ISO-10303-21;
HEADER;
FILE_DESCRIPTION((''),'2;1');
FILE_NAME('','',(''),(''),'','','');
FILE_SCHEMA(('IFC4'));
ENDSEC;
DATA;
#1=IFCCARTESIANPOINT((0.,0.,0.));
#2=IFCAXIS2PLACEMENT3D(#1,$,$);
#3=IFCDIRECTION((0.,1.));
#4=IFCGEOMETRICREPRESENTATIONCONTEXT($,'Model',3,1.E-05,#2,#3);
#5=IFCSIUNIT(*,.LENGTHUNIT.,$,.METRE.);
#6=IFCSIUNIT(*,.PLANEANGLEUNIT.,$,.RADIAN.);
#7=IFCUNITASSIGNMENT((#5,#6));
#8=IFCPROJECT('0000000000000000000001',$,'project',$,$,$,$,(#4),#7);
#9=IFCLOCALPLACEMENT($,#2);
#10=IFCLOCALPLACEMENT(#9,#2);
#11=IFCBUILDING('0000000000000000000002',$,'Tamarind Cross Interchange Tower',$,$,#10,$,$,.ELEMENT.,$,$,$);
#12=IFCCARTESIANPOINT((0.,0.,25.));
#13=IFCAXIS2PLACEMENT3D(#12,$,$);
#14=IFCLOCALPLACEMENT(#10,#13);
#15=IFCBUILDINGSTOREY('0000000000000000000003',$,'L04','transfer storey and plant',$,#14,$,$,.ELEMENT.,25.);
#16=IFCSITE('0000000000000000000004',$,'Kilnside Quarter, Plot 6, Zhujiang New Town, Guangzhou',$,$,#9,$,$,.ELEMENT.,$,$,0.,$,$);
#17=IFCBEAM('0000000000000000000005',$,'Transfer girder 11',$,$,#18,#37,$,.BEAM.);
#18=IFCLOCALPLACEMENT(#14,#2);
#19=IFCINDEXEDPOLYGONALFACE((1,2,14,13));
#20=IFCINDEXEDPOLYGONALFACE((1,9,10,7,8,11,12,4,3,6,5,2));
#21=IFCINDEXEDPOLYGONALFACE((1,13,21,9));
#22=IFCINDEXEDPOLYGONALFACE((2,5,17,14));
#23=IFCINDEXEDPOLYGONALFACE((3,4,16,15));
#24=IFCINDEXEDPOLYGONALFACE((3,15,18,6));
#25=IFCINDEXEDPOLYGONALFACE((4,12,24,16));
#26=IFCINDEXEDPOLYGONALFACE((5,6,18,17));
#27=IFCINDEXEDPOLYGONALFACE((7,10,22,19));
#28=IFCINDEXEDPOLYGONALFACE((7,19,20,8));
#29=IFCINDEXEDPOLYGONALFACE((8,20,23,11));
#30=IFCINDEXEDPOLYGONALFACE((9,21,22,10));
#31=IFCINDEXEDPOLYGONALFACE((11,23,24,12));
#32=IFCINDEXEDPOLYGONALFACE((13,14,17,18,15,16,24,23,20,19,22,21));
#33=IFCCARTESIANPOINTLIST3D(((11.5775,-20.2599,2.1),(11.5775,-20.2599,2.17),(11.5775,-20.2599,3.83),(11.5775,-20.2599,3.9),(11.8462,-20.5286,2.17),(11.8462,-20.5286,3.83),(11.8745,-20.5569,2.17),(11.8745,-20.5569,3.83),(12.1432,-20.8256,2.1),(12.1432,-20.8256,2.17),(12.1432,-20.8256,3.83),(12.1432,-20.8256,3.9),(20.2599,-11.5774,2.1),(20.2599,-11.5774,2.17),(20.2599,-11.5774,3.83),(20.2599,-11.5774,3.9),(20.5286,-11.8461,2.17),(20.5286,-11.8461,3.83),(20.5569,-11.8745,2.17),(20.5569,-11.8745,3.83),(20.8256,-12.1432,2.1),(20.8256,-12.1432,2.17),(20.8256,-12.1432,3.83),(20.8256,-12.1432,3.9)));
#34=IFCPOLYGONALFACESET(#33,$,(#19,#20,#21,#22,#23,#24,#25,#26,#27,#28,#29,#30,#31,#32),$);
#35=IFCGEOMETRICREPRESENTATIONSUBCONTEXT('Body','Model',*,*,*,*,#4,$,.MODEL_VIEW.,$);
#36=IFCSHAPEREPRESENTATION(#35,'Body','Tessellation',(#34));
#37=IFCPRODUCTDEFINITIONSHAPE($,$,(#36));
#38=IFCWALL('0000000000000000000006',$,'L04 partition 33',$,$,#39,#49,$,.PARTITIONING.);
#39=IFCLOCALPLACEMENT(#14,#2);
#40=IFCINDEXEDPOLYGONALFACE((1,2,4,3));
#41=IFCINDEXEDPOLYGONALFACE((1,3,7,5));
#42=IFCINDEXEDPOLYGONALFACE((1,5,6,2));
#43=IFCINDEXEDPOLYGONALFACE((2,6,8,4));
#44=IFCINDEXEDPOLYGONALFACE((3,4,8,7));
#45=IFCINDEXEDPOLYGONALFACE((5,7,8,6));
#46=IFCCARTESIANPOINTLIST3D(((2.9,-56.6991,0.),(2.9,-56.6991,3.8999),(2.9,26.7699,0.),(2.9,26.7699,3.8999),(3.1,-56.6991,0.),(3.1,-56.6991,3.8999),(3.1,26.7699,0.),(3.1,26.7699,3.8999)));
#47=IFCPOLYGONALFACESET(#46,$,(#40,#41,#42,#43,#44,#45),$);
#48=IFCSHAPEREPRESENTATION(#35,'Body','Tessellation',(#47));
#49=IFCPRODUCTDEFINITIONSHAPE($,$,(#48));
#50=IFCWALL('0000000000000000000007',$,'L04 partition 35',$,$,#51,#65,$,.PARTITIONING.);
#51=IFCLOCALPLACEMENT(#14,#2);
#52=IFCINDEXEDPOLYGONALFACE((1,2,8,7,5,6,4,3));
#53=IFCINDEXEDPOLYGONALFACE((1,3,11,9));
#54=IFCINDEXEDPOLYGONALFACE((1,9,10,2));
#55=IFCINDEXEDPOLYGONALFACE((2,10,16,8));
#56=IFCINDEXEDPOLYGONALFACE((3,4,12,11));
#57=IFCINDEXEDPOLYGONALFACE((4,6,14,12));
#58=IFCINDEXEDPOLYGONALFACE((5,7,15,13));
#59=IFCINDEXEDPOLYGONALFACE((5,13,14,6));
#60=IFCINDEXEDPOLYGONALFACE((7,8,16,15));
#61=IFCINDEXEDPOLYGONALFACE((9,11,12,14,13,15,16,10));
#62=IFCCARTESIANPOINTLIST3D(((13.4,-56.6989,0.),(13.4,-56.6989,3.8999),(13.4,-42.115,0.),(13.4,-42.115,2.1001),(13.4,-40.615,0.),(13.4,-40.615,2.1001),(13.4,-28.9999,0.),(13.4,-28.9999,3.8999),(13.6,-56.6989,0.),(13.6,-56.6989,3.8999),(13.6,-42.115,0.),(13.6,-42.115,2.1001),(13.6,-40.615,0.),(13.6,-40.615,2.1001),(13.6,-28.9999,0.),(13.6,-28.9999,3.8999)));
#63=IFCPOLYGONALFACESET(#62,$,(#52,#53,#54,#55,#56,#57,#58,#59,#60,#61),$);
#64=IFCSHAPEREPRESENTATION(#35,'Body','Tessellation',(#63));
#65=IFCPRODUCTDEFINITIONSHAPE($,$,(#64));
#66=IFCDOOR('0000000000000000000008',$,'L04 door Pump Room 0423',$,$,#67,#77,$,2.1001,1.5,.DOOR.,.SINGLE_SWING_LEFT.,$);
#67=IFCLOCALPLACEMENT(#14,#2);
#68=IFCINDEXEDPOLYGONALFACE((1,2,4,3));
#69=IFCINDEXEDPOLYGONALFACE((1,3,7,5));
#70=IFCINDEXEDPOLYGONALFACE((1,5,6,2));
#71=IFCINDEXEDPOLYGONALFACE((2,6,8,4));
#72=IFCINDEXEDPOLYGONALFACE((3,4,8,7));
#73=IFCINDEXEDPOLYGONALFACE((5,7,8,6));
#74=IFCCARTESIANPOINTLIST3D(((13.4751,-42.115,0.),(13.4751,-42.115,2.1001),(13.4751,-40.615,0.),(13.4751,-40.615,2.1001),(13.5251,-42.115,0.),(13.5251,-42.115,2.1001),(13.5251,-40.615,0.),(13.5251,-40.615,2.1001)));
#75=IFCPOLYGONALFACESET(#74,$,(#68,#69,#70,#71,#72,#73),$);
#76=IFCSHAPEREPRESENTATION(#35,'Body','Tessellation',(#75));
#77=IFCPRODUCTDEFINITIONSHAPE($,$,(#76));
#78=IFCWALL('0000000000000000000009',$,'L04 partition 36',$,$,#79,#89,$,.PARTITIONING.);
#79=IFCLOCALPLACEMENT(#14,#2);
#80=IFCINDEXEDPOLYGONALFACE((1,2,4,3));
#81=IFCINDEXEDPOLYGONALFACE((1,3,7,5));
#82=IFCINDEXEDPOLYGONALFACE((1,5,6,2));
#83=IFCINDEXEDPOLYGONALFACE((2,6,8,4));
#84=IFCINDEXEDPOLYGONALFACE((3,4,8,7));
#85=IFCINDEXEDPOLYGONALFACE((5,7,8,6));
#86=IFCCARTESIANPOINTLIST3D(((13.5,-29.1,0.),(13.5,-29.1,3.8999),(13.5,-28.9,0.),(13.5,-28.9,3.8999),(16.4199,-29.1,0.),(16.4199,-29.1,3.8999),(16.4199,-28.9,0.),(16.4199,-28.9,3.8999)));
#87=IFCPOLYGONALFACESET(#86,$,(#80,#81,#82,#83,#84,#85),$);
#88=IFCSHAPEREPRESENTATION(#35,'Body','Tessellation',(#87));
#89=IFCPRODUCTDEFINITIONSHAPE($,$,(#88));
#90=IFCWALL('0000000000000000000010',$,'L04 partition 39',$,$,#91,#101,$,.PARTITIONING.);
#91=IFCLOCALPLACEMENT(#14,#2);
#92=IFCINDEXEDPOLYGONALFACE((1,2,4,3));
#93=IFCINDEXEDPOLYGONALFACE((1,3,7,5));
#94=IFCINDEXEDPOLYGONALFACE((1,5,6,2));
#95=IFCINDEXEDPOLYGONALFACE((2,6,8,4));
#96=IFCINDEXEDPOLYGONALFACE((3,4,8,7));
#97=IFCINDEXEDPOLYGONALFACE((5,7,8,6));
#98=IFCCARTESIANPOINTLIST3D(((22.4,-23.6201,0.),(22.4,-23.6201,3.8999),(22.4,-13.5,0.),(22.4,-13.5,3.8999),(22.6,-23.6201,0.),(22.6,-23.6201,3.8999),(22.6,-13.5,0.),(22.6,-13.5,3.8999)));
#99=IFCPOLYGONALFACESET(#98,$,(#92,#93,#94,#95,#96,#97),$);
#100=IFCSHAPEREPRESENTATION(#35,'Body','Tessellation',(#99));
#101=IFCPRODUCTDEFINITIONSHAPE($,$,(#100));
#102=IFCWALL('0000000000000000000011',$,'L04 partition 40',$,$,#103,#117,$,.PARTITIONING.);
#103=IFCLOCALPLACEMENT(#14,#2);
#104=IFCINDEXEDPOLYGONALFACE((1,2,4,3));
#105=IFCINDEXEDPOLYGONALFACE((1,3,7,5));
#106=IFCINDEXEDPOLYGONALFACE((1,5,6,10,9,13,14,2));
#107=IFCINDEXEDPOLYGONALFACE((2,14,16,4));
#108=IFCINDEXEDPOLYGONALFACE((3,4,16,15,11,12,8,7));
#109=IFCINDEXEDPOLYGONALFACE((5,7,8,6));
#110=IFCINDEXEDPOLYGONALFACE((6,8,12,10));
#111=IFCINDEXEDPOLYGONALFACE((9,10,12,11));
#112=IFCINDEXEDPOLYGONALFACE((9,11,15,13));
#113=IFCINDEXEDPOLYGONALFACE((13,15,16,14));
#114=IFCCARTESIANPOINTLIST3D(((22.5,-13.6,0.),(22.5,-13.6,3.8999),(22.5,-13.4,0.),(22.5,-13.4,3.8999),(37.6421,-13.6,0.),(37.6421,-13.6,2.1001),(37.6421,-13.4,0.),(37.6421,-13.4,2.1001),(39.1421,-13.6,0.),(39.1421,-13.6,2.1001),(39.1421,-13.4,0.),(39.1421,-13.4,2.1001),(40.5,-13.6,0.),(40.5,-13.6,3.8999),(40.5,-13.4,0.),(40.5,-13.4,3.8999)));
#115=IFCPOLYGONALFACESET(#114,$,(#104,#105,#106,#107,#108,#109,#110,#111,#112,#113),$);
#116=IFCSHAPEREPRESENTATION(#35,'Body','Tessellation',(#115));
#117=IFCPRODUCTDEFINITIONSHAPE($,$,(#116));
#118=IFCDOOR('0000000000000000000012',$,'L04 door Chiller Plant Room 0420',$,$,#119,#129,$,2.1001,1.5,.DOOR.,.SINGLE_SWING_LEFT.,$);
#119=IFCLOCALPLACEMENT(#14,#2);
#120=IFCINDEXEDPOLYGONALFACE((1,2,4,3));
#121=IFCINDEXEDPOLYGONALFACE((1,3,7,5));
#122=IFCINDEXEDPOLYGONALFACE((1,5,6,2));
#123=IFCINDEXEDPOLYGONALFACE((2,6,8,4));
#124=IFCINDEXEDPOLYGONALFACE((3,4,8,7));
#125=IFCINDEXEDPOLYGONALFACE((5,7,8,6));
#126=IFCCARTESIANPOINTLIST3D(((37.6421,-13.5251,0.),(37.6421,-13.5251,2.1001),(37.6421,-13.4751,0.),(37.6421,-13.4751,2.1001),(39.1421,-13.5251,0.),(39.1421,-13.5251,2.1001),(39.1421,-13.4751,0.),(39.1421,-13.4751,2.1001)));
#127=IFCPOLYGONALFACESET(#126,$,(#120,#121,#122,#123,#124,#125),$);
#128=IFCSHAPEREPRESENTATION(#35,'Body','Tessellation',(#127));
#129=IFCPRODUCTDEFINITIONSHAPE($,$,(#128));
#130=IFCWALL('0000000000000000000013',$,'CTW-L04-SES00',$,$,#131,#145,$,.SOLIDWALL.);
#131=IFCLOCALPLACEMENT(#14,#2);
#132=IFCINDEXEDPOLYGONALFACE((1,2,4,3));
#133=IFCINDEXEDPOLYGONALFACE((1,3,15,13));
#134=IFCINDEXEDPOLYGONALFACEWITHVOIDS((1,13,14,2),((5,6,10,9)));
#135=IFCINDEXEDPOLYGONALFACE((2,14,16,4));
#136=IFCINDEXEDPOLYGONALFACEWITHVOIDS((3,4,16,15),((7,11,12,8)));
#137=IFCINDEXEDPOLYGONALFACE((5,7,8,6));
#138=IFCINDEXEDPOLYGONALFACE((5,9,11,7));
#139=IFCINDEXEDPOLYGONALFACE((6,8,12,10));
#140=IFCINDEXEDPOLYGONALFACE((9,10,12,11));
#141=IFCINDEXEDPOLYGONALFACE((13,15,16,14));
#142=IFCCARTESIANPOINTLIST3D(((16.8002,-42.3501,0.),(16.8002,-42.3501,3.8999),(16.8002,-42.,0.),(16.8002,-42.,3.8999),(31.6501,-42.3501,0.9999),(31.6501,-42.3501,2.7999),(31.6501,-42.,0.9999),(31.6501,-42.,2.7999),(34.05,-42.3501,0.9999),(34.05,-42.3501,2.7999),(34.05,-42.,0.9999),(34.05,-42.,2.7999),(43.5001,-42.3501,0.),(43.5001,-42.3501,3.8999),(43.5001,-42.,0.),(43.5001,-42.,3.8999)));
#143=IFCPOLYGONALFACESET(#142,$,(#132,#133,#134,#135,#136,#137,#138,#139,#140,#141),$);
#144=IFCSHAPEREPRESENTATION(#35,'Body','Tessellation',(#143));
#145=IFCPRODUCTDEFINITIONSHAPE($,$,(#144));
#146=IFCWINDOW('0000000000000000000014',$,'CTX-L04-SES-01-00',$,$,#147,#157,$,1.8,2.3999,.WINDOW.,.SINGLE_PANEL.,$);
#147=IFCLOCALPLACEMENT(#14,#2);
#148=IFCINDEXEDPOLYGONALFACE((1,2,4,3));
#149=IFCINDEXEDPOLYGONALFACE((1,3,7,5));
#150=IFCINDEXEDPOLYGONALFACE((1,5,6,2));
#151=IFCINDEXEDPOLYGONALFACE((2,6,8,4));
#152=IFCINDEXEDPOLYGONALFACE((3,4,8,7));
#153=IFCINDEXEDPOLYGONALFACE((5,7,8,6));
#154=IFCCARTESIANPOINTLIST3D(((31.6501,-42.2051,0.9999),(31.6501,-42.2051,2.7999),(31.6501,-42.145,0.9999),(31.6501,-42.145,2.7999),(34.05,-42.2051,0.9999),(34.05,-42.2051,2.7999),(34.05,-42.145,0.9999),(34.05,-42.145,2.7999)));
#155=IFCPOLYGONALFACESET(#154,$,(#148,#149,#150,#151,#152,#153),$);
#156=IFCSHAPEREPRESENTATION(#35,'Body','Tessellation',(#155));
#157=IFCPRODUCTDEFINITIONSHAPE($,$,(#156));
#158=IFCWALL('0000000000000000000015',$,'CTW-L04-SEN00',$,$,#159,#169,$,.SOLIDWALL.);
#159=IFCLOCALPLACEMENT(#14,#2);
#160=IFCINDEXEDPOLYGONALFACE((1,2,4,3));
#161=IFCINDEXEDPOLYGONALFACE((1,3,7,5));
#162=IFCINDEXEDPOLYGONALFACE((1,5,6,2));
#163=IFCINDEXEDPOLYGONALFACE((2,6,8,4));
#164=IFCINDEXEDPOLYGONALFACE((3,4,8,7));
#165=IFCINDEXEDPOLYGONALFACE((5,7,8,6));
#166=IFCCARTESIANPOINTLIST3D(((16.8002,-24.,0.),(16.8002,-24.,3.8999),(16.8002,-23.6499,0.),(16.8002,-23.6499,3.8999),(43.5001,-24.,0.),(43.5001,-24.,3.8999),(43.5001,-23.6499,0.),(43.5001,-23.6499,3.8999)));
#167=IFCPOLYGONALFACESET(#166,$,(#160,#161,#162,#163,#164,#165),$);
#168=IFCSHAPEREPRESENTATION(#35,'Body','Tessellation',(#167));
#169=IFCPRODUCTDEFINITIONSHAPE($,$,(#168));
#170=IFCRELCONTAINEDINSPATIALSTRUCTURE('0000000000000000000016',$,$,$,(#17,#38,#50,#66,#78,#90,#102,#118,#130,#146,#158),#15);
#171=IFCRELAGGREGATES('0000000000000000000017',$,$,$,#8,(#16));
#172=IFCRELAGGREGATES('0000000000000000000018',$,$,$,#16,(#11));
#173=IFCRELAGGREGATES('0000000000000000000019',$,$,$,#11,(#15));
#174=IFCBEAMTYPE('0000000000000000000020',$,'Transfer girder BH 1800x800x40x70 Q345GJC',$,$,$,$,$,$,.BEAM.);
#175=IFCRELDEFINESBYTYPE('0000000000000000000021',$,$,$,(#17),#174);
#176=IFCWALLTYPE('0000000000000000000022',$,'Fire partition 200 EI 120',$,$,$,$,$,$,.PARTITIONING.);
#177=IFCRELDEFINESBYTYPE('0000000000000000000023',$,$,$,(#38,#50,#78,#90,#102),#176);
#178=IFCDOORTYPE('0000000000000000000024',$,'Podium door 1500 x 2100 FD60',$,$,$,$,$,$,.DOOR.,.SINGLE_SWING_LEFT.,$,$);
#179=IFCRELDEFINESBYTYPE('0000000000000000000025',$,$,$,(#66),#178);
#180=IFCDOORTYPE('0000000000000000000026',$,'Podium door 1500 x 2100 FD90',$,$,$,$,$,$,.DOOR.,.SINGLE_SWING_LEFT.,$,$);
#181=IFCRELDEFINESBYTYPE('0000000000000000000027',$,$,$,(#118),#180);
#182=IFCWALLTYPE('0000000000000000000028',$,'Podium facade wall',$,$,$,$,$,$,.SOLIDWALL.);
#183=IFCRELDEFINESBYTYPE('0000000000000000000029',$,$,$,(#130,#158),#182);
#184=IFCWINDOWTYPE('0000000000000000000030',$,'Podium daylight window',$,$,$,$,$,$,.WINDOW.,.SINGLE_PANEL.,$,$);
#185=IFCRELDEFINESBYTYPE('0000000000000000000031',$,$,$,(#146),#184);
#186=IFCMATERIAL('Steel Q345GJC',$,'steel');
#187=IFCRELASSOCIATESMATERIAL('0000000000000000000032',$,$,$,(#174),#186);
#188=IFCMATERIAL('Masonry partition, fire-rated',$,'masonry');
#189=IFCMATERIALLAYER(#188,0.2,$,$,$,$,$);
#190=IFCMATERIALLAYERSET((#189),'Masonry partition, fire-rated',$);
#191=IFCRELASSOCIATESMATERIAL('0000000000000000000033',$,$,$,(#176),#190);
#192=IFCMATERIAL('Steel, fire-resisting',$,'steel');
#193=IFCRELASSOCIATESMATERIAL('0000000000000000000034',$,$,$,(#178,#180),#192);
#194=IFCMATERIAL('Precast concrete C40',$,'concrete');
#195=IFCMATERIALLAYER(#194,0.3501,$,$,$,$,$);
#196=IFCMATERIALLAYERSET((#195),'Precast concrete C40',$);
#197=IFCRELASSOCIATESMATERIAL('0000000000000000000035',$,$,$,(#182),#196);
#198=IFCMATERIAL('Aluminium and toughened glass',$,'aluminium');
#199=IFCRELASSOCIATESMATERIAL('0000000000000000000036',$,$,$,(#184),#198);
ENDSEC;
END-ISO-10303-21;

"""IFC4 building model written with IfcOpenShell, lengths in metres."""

from ifc_helpers import new_model, si_unit, direction, frame, frame_2d, origin, origin_2d, place, context, subcontext, project, spatial, rectangle, i_section, extrude, material, layer, layer_set, material_profile, profile_set, type_object, element, fill, save


model = new_model("IFC4")

# Units and contexts
model_context = context("Model", 3, precision=1e-05, world=origin(), true_north=direction((0.0, 1.0)))
body_context = subcontext(model_context, "Body", "Model", "MODEL_VIEW")
ifc_project = project(units=[si_unit("LENGTHUNIT", "METRE"), si_unit("PLANEANGLEUNIT", "RADIAN")], contexts=[model_context])

# Site, building, storey
site_placement = place(None, origin())
site = spatial("IfcSite", under=ifc_project, at=site_placement, Name="Kilnside Quarter, Plot 6, Zhujiang New Town, Guangzhou", CompositionType="ELEMENT", RefElevation=0.0)
building_placement = place(site_placement, origin())
building = spatial("IfcBuilding", under=site, at=building_placement, Name="Tamarind Cross Interchange Tower", CompositionType="ELEMENT")
storey_placement = place(building_placement, frame((0.0, 0.0, 25.0)))
storey = spatial("IfcBuildingStorey", under=building, at=storey_placement, Name="L04", Description="transfer storey and plant", CompositionType="ELEMENT", Elevation=25.0)

# Beam
ifc_material_1 = material(Name="Steel Q345GJC", Category="steel")
ifc_material_profile_1 = material_profile(ifc_material_1, i_section(OverallWidth=0.8, OverallDepth=1.8, WebThickness=0.04, FlangeThickness=0.0701, at=origin_2d()), Name="BH 1800x800x40x70")
ifc_profile_set_1 = profile_set([ifc_material_profile_1], Name="Steel Q345GJC")
beam_type = type_object("IfcBeamType", Name="Transfer girder BH 1800x800x40x70 Q345GJC", PredefinedType="BEAM", material=ifc_profile_set_1)
beam_placement = place(storey_placement, frame((11.8604, -20.5427, 3.0), z_axis=(0.707107, 0.707107, 0.0), x_axis=(-0.707107, 0.707107, 0.0)))
element("IfcBeam", 1, at=beam_placement, inside=storey, type_object=beam_type, Name="Transfer girder 11", PredefinedType="BEAM", context=body_context, shape_type="SweptSolid", body=[
    extrude(i_section(OverallWidth=0.8, OverallDepth=1.8, WebThickness=0.04, FlangeThickness=0.0701, at=origin_2d()), origin(), (0.0, 0.0, 1.0), 12.2788),
])

# Wall
ifc_material_2 = material(Name="Masonry partition, fire-rated", Category="masonry")
ifc_layer_1 = layer(ifc_material_2, 0.2)
ifc_layer_set_1 = layer_set([ifc_layer_1], Name="Masonry partition, fire-rated")
wall_type_1 = type_object("IfcWallType", Name="Fire partition 200 EI 120", PredefinedType="PARTITIONING", material=ifc_layer_set_1)
wall_1_placement = place(storey_placement, frame((3.0, -56.699, 0.0), z_axis=(0.0, 0.0, 1.0), x_axis=(0.0, 1.0, 0.0)))
element("IfcWall", 2, at=wall_1_placement, inside=storey, type_object=wall_type_1, Name="L04 partition 33", PredefinedType="PARTITIONING", context=body_context, shape_type="SweptSolid", body=[
    extrude(rectangle(XDim=83.469, YDim=0.2, at=frame_2d((41.7344, 0.0))), origin(), (0.0, 0.0, 1.0), 3.8999),
])

# Wall, opening, door
wall_2_placement = place(storey_placement, frame((13.5, -56.699, 0.0), z_axis=(0.0, 0.0, 1.0), x_axis=(0.0, 1.0, 0.0)))
wall_2 = element("IfcWall", 3, at=wall_2_placement, inside=storey, type_object=wall_type_1, Name="L04 partition 35", PredefinedType="PARTITIONING", context=body_context, shape_type="SweptSolid", body=[
    extrude(rectangle(XDim=27.699, YDim=0.2, at=frame_2d((13.8496, 0.0))), origin(), (0.0, 0.0, 1.0), 3.8999),
])
opening_1_placement = place(wall_2_placement, frame((14.584, 0.0, 0.0)))
opening_1 = element("IfcOpeningElement", 4, at=opening_1_placement, cuts=wall_2, PredefinedType="OPENING", context=body_context, shape_type="SweptSolid", body=[
    extrude(rectangle(XDim=1.5, YDim=2.1001, at=frame_2d((0.75, 1.05))), frame((0.0, 0.1099, 0.0), z_axis=(0.0, -1.0, 0.0), x_axis=(1.0, 0.0, 0.0)), (0.0, 0.0, 1.0), 0.22),
])
ifc_material_3 = material(Name="Steel, fire-resisting", Category="steel")
door_type_1 = type_object("IfcDoorType", Name="Podium door 1500 x 2100 FD60", OperationType="SINGLE_SWING_LEFT", PredefinedType="DOOR", material=ifc_material_3)
door_1_placement = place(opening_1_placement, origin())
door_1 = element("IfcDoor", 5, at=door_1_placement, inside=storey, type_object=door_type_1, Name="L04 door Pump Room 0423", OperationType="SINGLE_SWING_LEFT", OverallHeight=2.1001, OverallWidth=1.5, PredefinedType="DOOR", context=body_context, shape_type="SweptSolid", body=[
    extrude(rectangle(XDim=1.5, YDim=2.1001, at=frame_2d((0.75, 1.05))), frame((0.0, 0.0249, 0.0), z_axis=(0.0, -1.0, 0.0), x_axis=(1.0, 0.0, 0.0)), (0.0, 0.0, 1.0), 0.05),
])
fill(opening_1, door_1)

# Walls
wall_3_placement = place(storey_placement, frame((13.5, -29.0, 0.0), z_axis=(0.0, 0.0, 1.0), x_axis=(1.0, 0.0, 0.0)))
element("IfcWall", 6, at=wall_3_placement, inside=storey, type_object=wall_type_1, Name="L04 partition 36", PredefinedType="PARTITIONING", context=body_context, shape_type="SweptSolid", body=[
    extrude(rectangle(XDim=2.9199, YDim=0.2, at=frame_2d((1.46, 0.0))), origin(), (0.0, 0.0, 1.0), 3.8999),
])
wall_4_placement = place(storey_placement, frame((22.5, -23.6201, 0.0), z_axis=(0.0, 0.0, 1.0), x_axis=(0.0, 1.0, 0.0)))
element("IfcWall", 7, at=wall_4_placement, inside=storey, type_object=wall_type_1, Name="L04 partition 39", PredefinedType="PARTITIONING", context=body_context, shape_type="SweptSolid", body=[
    extrude(rectangle(XDim=10.1201, YDim=0.2, at=frame_2d((5.0601, 0.0))), origin(), (0.0, 0.0, 1.0), 3.8999),
])

# Wall, opening, door
wall_5_placement = place(storey_placement, frame((22.5, -13.5, 0.0), z_axis=(0.0, 0.0, 1.0), x_axis=(1.0, 0.0, 0.0)))
wall_5 = element("IfcWall", 8, at=wall_5_placement, inside=storey, type_object=wall_type_1, Name="L04 partition 40", PredefinedType="PARTITIONING", context=body_context, shape_type="SweptSolid", body=[
    extrude(rectangle(XDim=18.0, YDim=0.2, at=frame_2d((9.0, 0.0))), origin(), (0.0, 0.0, 1.0), 3.8999),
])
opening_2_placement = place(wall_5_placement, frame((15.1421, 0.0, 0.0)))
opening_2 = element("IfcOpeningElement", 9, at=opening_2_placement, cuts=wall_5, PredefinedType="OPENING", context=body_context, shape_type="SweptSolid", body=[
    extrude(rectangle(XDim=1.5, YDim=2.1001, at=frame_2d((0.75, 1.05))), frame((0.0, 0.1099, 0.0), z_axis=(0.0, -1.0, 0.0), x_axis=(1.0, 0.0, 0.0)), (0.0, 0.0, 1.0), 0.22),
])
door_type_2 = type_object("IfcDoorType", Name="Podium door 1500 x 2100 FD90", OperationType="SINGLE_SWING_LEFT", PredefinedType="DOOR", material=ifc_material_3)
door_2_placement = place(opening_2_placement, origin())
door_2 = element("IfcDoor", 10, at=door_2_placement, inside=storey, type_object=door_type_2, Name="L04 door Chiller Plant Room 0420", OperationType="SINGLE_SWING_LEFT", OverallHeight=2.1001, OverallWidth=1.5, PredefinedType="DOOR", context=body_context, shape_type="SweptSolid", body=[
    extrude(rectangle(XDim=1.5, YDim=2.1001, at=frame_2d((0.75, 1.05))), frame((0.0, 0.0249, 0.0), z_axis=(0.0, -1.0, 0.0), x_axis=(1.0, 0.0, 0.0)), (0.0, 0.0, 1.0), 0.05),
])
fill(opening_2, door_2)

# Wall, opening, window
ifc_material_4 = material(Name="Precast concrete C40", Category="concrete")
ifc_layer_2 = layer(ifc_material_4, 0.3501)
ifc_layer_set_2 = layer_set([ifc_layer_2], Name="Precast concrete C40")
wall_type_2 = type_object("IfcWallType", Name="Podium facade wall", PredefinedType="SOLIDWALL", material=ifc_layer_set_2)
wall_6_placement = place(storey_placement, frame((16.8, -42.175, 0.0), z_axis=(0.0, 0.0, 1.0), x_axis=(1.0, 0.0, 0.0)))
wall_6 = element("IfcWall", 11, at=wall_6_placement, inside=storey, type_object=wall_type_2, Name="CTW-L04-SES00", PredefinedType="SOLIDWALL", context=body_context, shape_type="SweptSolid", body=[
    extrude(rectangle(XDim=26.7, YDim=0.3501, at=frame_2d((13.3501, 0.0))), origin(), (0.0, 0.0, 1.0), 3.8999),
])
opening_3_placement = place(wall_6_placement, frame((14.8501, 0.0, 1.0)))
opening_3 = element("IfcOpeningElement", 12, at=opening_3_placement, cuts=wall_6, PredefinedType="OPENING", context=body_context, shape_type="SweptSolid", body=[
    extrude(rectangle(XDim=2.3999, YDim=1.8, at=frame_2d((1.2, 0.8999))), frame((0.0, 0.1851, 0.0), z_axis=(0.0, -1.0, 0.0), x_axis=(1.0, 0.0, 0.0)), (0.0, 0.0, 1.0), 0.3701),
])
ifc_material_5 = material(Name="Aluminium and toughened glass", Category="aluminium")
window_type = type_object("IfcWindowType", Name="Podium daylight window", PartitioningType="SINGLE_PANEL", PredefinedType="WINDOW", material=ifc_material_5)
window_1_placement = place(opening_3_placement, origin())
window_1 = element("IfcWindow", 13, at=window_1_placement, inside=storey, type_object=window_type, Name="CTX-L04-SES-01-00", OverallHeight=1.8, OverallWidth=2.3999, PartitioningType="SINGLE_PANEL", PredefinedType="WINDOW", context=body_context, shape_type="SweptSolid", body=[
    extrude(rectangle(XDim=2.3999, YDim=1.8, at=frame_2d((1.2, 0.8999))), frame((0.0, 0.03, 0.0), z_axis=(0.0, -1.0, 0.0), x_axis=(1.0, 0.0, 0.0)), (0.0, 0.0, 1.0), 0.0601),
])
fill(opening_3, window_1)

# Wall
wall_7_placement = place(storey_placement, frame((16.8, -23.825, 0.0), z_axis=(0.0, 0.0, 1.0), x_axis=(1.0, 0.0, 0.0)))
element("IfcWall", 14, at=wall_7_placement, inside=storey, type_object=wall_type_2, Name="CTW-L04-SEN00", PredefinedType="SOLIDWALL", context=body_context, shape_type="SweptSolid", body=[
    extrude(rectangle(XDim=26.7, YDim=0.3501, at=frame_2d((13.3501, 0.0))), origin(), (0.0, 0.0, 1.0), 3.8999),
])

save(model, "model.ifc")
